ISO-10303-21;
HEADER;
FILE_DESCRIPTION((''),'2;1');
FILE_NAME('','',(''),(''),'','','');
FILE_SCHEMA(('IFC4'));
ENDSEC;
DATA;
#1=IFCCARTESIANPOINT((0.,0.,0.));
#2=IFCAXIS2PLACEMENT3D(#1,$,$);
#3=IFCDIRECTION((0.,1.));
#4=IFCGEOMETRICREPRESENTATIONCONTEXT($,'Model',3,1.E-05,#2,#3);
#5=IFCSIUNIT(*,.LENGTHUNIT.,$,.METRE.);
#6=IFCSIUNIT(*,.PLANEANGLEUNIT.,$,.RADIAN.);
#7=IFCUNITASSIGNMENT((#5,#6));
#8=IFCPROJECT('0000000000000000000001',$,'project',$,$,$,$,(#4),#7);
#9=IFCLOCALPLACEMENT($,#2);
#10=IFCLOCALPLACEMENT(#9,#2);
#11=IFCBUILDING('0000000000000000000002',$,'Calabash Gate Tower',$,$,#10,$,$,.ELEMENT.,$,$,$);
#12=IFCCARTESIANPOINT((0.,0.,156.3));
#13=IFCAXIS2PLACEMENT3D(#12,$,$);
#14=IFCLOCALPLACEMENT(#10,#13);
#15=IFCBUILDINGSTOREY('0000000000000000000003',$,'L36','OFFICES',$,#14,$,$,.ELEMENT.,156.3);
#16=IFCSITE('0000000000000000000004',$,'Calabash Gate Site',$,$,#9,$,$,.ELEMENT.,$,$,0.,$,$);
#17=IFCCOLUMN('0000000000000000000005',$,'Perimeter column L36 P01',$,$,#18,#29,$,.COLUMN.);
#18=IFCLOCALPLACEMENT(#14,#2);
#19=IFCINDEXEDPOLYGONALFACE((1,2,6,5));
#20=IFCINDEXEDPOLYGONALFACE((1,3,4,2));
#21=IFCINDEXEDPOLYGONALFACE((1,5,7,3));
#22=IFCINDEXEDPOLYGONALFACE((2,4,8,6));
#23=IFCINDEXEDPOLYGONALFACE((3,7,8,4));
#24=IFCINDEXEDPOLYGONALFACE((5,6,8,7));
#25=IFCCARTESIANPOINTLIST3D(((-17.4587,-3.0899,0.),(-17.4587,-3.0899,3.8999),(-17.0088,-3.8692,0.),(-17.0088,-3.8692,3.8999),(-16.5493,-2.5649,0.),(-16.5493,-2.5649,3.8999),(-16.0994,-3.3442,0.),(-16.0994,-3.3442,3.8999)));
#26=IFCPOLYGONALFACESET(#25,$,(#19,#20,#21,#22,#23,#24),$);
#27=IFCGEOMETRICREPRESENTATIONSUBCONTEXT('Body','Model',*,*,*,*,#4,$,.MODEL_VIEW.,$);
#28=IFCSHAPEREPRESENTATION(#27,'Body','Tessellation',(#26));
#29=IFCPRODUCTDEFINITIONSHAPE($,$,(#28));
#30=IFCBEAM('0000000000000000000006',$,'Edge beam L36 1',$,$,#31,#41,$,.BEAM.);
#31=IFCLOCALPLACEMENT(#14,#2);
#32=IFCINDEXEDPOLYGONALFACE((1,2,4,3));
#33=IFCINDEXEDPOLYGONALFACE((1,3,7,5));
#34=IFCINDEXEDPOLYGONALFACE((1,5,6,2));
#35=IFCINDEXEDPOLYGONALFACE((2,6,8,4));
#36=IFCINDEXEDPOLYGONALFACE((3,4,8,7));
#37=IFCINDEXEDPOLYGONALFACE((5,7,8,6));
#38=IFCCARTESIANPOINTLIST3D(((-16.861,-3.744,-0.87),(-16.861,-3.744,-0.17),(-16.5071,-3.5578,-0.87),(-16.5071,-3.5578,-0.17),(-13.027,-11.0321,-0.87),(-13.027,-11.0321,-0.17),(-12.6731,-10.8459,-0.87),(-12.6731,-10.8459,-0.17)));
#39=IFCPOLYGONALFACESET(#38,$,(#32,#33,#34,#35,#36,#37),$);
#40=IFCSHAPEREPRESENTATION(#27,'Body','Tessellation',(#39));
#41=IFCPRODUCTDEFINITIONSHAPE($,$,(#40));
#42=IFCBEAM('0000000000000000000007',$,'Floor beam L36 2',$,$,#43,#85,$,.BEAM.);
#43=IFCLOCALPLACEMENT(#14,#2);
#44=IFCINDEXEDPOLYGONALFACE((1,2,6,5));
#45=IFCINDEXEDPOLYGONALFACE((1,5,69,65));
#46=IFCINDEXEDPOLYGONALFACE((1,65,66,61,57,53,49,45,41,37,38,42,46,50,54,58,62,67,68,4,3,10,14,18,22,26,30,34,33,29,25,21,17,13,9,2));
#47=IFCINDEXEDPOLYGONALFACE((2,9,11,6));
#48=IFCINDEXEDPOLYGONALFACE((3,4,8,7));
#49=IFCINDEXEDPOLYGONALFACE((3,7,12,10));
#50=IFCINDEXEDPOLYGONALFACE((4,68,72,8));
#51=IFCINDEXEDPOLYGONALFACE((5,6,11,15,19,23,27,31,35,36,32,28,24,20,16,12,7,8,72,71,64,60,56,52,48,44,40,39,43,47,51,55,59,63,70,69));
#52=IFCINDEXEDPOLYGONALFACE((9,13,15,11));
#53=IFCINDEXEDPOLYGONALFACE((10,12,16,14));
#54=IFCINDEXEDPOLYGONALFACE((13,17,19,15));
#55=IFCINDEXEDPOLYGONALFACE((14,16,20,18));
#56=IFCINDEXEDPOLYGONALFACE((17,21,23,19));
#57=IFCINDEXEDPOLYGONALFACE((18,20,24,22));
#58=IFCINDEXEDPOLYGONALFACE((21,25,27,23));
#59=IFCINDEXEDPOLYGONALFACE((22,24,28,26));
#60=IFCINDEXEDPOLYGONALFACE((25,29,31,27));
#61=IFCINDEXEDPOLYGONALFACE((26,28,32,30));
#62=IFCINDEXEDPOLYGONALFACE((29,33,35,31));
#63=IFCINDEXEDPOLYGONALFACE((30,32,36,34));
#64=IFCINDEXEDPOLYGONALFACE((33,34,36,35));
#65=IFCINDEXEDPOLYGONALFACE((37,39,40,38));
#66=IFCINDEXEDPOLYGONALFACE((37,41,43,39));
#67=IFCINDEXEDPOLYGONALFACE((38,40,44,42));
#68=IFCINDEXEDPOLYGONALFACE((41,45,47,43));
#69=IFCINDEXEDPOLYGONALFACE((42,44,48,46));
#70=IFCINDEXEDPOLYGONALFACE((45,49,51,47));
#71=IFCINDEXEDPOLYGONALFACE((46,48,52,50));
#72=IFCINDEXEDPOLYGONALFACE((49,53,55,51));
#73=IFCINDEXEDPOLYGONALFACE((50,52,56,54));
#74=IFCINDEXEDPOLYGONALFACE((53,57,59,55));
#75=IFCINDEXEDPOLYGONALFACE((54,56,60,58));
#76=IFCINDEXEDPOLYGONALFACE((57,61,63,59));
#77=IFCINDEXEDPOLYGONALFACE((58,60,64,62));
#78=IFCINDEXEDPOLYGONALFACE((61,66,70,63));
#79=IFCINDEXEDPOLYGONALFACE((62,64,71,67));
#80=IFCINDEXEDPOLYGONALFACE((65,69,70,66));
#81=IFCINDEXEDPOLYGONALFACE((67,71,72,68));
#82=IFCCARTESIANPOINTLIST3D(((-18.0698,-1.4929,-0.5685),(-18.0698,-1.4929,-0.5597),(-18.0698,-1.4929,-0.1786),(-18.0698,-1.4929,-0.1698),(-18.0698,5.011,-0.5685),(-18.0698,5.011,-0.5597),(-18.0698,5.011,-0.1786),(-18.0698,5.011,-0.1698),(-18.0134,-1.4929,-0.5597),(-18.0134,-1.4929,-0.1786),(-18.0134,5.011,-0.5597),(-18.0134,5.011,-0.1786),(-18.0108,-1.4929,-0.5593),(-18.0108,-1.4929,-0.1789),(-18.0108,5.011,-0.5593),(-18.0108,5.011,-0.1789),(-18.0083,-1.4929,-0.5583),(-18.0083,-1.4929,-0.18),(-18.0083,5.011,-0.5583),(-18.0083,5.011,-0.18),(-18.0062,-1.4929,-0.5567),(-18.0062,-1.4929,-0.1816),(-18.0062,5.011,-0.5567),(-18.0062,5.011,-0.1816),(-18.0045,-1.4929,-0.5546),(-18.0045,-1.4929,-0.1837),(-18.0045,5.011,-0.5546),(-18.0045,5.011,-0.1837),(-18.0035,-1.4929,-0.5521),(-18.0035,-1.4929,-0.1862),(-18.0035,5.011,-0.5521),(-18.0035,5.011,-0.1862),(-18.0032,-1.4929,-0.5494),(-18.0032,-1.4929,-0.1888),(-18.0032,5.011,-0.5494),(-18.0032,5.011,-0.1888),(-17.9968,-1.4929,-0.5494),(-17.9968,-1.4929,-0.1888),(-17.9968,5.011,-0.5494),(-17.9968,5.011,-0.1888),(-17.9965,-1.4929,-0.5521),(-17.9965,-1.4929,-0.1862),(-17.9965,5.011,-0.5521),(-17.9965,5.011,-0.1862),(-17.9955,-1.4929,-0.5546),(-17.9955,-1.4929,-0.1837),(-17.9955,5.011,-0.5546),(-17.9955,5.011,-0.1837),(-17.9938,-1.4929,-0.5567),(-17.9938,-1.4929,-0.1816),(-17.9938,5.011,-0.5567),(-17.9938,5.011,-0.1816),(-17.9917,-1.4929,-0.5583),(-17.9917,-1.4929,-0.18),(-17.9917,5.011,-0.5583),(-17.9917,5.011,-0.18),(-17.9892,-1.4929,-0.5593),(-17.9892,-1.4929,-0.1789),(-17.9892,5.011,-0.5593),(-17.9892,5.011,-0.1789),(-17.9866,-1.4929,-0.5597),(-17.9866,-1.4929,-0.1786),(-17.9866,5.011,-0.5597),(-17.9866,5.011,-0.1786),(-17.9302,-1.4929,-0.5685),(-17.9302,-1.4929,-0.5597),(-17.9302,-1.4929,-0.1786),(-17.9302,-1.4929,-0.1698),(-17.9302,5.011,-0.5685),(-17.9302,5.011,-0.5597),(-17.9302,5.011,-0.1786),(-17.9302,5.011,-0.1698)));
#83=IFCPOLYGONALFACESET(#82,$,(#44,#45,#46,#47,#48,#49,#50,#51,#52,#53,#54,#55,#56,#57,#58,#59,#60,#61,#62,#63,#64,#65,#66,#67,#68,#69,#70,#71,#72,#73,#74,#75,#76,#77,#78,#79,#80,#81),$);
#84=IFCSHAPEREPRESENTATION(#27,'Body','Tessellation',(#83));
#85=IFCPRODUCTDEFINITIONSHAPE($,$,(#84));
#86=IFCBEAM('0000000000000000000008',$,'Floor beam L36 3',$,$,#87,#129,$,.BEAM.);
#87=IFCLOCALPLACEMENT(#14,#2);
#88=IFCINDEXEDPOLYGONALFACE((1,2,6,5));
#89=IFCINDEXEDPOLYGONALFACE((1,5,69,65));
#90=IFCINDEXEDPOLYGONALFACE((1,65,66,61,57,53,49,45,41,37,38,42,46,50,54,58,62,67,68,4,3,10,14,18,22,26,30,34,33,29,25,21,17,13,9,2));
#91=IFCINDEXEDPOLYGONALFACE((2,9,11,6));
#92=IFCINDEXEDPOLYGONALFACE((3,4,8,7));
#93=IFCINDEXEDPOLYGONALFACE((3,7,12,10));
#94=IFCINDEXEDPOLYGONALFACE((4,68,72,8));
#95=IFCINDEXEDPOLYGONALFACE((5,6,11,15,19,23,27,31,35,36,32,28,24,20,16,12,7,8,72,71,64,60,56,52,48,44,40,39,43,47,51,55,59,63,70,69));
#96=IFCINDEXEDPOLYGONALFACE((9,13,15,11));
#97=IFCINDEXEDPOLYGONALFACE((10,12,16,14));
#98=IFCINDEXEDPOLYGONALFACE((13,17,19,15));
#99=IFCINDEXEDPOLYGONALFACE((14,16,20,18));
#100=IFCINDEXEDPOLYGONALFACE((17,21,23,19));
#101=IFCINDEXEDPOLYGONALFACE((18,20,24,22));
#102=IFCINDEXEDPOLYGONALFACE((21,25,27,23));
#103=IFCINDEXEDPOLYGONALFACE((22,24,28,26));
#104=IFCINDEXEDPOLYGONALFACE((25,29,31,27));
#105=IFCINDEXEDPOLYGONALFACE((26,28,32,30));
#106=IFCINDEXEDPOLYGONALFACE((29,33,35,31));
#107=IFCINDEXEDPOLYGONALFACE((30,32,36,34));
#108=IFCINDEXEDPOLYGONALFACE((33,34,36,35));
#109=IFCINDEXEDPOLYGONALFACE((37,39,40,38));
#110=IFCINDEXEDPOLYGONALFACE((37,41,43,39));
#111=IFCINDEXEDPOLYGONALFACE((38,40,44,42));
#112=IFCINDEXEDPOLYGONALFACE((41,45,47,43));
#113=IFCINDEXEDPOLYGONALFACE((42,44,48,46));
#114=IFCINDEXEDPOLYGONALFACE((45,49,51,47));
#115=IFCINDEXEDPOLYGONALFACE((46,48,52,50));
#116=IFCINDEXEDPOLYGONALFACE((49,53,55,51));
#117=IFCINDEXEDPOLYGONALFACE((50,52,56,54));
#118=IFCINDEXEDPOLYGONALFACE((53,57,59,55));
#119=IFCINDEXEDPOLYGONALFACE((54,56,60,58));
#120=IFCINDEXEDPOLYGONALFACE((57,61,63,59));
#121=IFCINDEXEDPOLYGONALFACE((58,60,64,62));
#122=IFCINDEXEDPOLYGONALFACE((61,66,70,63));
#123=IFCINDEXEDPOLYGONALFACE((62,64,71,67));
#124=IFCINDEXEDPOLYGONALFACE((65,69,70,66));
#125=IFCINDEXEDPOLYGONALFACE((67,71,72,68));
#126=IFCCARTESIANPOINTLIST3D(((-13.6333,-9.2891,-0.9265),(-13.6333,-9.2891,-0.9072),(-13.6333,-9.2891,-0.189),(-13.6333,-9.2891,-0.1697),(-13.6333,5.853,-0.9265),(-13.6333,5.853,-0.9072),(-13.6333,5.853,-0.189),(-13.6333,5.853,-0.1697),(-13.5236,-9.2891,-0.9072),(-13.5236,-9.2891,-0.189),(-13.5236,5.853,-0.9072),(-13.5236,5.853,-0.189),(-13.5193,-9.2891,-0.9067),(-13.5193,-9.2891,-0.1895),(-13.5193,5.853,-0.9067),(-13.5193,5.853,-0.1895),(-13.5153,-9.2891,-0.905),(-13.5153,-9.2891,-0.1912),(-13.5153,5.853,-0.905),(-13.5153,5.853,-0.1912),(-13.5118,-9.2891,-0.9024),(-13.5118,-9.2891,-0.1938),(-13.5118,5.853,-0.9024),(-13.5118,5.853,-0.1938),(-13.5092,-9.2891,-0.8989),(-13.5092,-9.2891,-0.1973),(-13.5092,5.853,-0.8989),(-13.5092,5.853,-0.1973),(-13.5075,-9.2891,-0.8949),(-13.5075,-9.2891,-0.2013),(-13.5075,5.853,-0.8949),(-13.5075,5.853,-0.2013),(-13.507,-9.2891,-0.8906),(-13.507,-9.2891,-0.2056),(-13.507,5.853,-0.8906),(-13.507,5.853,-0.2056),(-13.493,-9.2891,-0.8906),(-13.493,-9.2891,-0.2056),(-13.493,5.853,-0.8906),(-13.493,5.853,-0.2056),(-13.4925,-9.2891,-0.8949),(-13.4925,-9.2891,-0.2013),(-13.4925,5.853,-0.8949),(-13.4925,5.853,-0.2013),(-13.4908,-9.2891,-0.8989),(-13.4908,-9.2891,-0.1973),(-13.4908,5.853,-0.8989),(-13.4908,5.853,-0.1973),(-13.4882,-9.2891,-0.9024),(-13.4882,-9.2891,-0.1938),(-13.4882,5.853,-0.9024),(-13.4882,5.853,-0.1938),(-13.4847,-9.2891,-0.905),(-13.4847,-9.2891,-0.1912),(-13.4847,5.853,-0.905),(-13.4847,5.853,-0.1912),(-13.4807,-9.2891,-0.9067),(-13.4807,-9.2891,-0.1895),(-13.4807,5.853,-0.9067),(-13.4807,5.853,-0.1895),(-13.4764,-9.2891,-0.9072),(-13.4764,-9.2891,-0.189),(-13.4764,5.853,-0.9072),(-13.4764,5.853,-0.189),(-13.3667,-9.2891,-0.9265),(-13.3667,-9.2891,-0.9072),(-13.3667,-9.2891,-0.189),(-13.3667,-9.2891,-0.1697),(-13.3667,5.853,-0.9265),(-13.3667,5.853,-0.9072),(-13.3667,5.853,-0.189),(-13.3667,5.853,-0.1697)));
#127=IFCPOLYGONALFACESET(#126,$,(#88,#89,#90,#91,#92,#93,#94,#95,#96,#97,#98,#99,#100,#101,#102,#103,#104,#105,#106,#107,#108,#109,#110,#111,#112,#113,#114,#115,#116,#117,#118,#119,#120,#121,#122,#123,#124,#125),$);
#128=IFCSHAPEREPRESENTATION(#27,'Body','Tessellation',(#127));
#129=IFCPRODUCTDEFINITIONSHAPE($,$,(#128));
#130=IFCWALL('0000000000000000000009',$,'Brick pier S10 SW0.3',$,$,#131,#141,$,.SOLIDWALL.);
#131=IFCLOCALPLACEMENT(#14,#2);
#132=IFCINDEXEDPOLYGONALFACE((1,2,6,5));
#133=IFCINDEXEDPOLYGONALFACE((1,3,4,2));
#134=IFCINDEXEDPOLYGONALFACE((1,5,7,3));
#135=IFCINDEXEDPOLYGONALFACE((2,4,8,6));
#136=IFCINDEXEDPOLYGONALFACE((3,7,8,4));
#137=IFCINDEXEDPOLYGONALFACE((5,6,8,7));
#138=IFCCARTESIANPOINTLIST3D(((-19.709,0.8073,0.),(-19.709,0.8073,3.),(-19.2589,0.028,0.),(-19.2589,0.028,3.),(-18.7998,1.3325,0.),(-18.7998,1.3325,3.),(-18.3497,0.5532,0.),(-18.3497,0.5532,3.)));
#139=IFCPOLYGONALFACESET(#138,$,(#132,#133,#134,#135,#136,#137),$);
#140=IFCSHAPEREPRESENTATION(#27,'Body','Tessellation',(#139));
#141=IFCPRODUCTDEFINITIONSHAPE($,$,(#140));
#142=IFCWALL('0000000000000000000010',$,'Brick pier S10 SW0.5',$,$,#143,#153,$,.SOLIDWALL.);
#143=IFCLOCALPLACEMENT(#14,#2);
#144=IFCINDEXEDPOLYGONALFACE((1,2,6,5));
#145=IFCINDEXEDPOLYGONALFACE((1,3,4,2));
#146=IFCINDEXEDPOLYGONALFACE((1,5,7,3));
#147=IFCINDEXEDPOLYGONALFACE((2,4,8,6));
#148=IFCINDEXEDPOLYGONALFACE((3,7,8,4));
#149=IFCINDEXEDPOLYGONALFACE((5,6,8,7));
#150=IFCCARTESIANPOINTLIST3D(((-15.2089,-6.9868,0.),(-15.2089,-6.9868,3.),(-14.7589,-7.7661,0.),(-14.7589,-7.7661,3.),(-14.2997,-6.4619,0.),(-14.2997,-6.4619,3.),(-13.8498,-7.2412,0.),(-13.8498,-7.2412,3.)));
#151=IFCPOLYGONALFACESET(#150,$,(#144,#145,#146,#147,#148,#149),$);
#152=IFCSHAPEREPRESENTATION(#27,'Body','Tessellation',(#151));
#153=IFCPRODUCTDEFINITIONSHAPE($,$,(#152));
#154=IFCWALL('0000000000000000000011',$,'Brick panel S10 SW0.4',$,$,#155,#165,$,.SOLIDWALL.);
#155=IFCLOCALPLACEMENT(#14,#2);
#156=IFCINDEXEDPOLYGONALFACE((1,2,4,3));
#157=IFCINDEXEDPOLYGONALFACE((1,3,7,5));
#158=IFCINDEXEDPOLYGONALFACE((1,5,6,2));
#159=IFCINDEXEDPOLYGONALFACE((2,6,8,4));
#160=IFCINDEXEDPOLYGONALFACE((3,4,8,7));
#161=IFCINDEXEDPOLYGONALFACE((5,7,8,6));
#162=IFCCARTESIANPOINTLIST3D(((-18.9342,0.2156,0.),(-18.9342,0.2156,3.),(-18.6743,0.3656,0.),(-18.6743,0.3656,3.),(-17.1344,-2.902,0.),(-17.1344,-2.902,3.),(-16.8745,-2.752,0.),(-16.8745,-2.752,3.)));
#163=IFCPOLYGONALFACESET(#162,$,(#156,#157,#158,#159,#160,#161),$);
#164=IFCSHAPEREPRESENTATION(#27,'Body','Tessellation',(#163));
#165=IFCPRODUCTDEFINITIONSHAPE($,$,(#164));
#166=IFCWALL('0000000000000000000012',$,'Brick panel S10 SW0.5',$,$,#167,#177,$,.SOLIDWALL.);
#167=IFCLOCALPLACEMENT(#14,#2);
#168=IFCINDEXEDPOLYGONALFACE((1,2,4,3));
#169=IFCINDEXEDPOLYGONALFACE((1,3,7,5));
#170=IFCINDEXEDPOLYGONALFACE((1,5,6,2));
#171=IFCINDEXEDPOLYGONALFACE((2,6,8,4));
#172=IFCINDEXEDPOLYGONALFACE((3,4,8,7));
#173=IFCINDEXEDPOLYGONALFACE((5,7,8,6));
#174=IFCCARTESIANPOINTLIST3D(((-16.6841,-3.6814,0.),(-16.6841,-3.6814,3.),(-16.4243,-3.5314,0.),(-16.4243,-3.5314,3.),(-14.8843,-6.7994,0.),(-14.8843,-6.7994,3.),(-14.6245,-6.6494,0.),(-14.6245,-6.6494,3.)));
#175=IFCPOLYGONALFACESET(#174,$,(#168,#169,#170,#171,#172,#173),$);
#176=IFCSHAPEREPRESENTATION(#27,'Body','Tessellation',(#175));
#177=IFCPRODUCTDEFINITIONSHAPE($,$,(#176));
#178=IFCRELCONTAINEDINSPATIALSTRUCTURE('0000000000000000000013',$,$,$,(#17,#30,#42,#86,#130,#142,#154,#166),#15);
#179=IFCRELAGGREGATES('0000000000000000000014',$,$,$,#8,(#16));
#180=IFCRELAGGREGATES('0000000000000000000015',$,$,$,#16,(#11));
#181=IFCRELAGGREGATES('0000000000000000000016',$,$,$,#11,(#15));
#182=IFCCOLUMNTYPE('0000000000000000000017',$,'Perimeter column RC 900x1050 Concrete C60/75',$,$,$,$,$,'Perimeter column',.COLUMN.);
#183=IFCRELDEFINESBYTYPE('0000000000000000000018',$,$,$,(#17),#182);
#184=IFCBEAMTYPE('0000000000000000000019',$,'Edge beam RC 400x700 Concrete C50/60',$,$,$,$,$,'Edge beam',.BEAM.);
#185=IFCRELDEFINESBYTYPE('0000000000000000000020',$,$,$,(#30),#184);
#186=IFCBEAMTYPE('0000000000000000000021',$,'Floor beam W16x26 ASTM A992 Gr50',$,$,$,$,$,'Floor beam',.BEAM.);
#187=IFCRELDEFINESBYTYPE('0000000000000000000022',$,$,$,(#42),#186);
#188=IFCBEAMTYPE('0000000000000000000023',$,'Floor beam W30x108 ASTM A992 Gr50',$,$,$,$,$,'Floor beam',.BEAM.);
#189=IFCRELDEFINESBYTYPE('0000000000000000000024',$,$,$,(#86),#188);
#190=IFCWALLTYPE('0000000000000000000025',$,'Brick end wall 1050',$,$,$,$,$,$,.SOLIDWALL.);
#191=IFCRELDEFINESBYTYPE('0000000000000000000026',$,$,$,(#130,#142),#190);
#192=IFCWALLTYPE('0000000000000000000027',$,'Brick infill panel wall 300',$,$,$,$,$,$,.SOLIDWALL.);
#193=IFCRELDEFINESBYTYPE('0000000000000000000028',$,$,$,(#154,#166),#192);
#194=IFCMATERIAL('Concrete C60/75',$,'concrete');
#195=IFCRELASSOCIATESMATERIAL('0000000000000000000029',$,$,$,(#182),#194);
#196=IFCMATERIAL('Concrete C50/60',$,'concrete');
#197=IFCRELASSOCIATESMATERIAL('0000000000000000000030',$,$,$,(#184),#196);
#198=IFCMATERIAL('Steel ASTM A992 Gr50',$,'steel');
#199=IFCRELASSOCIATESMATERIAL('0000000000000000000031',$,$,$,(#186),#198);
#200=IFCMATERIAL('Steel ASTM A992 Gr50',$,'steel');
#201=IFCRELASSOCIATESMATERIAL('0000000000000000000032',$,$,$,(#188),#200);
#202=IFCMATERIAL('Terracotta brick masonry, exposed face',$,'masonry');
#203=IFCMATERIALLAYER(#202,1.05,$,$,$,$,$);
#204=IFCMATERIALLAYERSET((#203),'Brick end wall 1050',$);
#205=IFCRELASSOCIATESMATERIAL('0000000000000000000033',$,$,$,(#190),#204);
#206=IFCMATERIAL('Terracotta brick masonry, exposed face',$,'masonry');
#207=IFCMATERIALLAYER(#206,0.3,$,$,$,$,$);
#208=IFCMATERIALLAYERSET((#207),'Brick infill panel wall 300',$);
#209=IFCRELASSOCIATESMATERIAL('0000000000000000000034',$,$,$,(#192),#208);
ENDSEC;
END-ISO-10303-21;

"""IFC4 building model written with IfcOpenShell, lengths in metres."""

from ifc_helpers import new_model, si_unit, direction, frame, frame_2d, origin, origin_2d, place, context, subcontext, project, spatial, rectangle, i_section, extrude, material, layer, layer_set, material_profile, profile_set, type_object, element, save


model = new_model("IFC4")

# Units and contexts
model_context = context("Model", 3, precision=1e-05, world=origin(), true_north=direction((0.0, 1.0)))
body_context = subcontext(model_context, "Body", "Model", "MODEL_VIEW")
ifc_project = project(units=[si_unit("LENGTHUNIT", "METRE"), si_unit("PLANEANGLEUNIT", "RADIAN")], contexts=[model_context])

# Site, building, storey
site_placement = place(None, origin())
site = spatial("IfcSite", under=ifc_project, at=site_placement, Name="Calabash Gate Site", CompositionType="ELEMENT", RefElevation=0.0)
building_placement = place(site_placement, origin())
building = spatial("IfcBuilding", under=site, at=building_placement, Name="Calabash Gate Tower", CompositionType="ELEMENT")
storey_placement = place(building_placement, frame((0.0, 0.0, 156.3)))
storey = spatial("IfcBuildingStorey", under=building, at=storey_placement, Name="L36", Description="OFFICES", CompositionType="ELEMENT", Elevation=156.3)

# Column
ifc_material_1 = material(Name="Concrete C60/75", Category="concrete")
ifc_material_profile_1 = material_profile(ifc_material_1, rectangle(XDim=0.8999, YDim=1.05, at=origin_2d()))
ifc_profile_set_1 = profile_set([ifc_material_profile_1], Name="Concrete C60/75")
column_type = type_object("IfcColumnType", Name="Perimeter column RC 900x1050 Concrete C60/75", ElementType="Perimeter column", PredefinedType="COLUMN", material=ifc_profile_set_1)
column_placement = place(storey_placement, frame((-16.7791, -3.217, 0.0), z_axis=(0.0, 0.0, 1.0), x_axis=(0.5, -0.866025, 0.0)))
element("IfcColumn", 1, at=column_placement, inside=storey, type_object=column_type, Name="Perimeter column L36 P01", PredefinedType="COLUMN", context=body_context, shape_type="SweptSolid", body=[
    extrude(rectangle(XDim=0.8999, YDim=1.05, at=origin_2d()), origin(), (0.0, 0.0, 1.0), 3.8999),
])

# Beams
ifc_material_2 = material(Name="Concrete C50/60", Category="concrete")
ifc_material_profile_2 = material_profile(ifc_material_2, rectangle(XDim=0.3999, YDim=0.7, at=origin_2d()))
ifc_profile_set_2 = profile_set([ifc_material_profile_2], Name="Concrete C50/60")
beam_type_1 = type_object("IfcBeamType", Name="Edge beam RC 400x700 Concrete C50/60", ElementType="Edge beam", PredefinedType="BEAM", material=ifc_profile_set_2)
beam_1_placement = place(storey_placement, frame((-16.6841, -3.6509, -0.52), z_axis=(0.46557, -0.885011, 0.0), x_axis=(0.885011, 0.46557, 0.0)))
element("IfcBeam", 2, at=beam_1_placement, inside=storey, type_object=beam_type_1, Name="Edge beam L36 1", PredefinedType="BEAM", context=body_context, shape_type="SweptSolid", body=[
    extrude(rectangle(XDim=0.3999, YDim=0.7, at=origin_2d()), origin(), (0.0, 0.0, 1.0), 8.2351),
])
ifc_material_3 = material(Name="Steel ASTM A992 Gr50", Category="steel")
ifc_material_profile_3 = material_profile(ifc_material_3, i_section(OverallWidth=0.1396, OverallDepth=0.3987, WebThickness=0.0063, FlangeThickness=0.0088, FilletRadius=0.0103, at=origin_2d()))
ifc_profile_set_3 = profile_set([ifc_material_profile_3], Name="Steel ASTM A992 Gr50")
beam_type_2 = type_object("IfcBeamType", Name="Floor beam W16x26 ASTM A992 Gr50", ElementType="Floor beam", PredefinedType="BEAM", material=ifc_profile_set_3)
beam_2_placement = place(storey_placement, frame((-18.0, -1.4929, -0.3691), z_axis=(0.0, 1.0, 0.0), x_axis=(-1.0, 0.0, 0.0)))
element("IfcBeam", 3, at=beam_2_placement, inside=storey, type_object=beam_type_2, Name="Floor beam L36 2", PredefinedType="BEAM", context=body_context, shape_type="SweptSolid", body=[
    extrude(i_section(OverallWidth=0.1396, OverallDepth=0.3987, WebThickness=0.0063, FlangeThickness=0.0088, FilletRadius=0.0103, at=origin_2d()), origin(), (0.0, 0.0, 1.0), 6.5039),
])
ifc_material_4 = material(Name="Steel ASTM A992 Gr50", Category="steel")
ifc_material_profile_4 = material_profile(ifc_material_4, i_section(OverallWidth=0.2666, OverallDepth=0.7568, WebThickness=0.0139, FlangeThickness=0.0193, FilletRadius=0.0166, at=origin_2d()))
ifc_profile_set_4 = profile_set([ifc_material_profile_4], Name="Steel ASTM A992 Gr50")
beam_type_3 = type_object("IfcBeamType", Name="Floor beam W30x108 ASTM A992 Gr50", ElementType="Floor beam", PredefinedType="BEAM", material=ifc_profile_set_4)
beam_3_placement = place(storey_placement, frame((-13.5, -9.2891, -0.5481), z_axis=(0.0, 1.0, 0.0), x_axis=(-1.0, 0.0, 0.0)))
element("IfcBeam", 4, at=beam_3_placement, inside=storey, type_object=beam_type_3, Name="Floor beam L36 3", PredefinedType="BEAM", context=body_context, shape_type="SweptSolid", body=[
    extrude(i_section(OverallWidth=0.2666, OverallDepth=0.7568, WebThickness=0.0139, FlangeThickness=0.0193, FilletRadius=0.0166, at=origin_2d()), origin(), (0.0, 0.0, 1.0), 15.1421),
])

# Walls
ifc_material_5 = material(Name="Terracotta brick masonry, exposed face", Category="masonry")
ifc_layer_1 = layer(ifc_material_5, 1.05)
ifc_layer_set_1 = layer_set([ifc_layer_1], Name="Brick end wall 1050")
wall_type_1 = type_object("IfcWallType", Name="Brick end wall 1050", PredefinedType="SOLIDWALL", material=ifc_layer_set_1)
wall_1_placement = place(storey_placement, frame((-19.4839, 0.4177, 0.0), z_axis=(0.0, 0.0, 1.0), x_axis=(0.86593, 0.500165, 0.0)))
element("IfcWall", 5, at=wall_1_placement, inside=storey, type_object=wall_type_1, Name="Brick pier S10 SW0.3", PredefinedType="SOLIDWALL", context=body_context, shape_type="SweptSolid", body=[
    extrude(rectangle(XDim=1.05, YDim=0.8999, at=frame_2d((0.5249, 0.0))), origin(), (0.0, 0.0, 1.0), 3.0),
])
wall_2_placement = place(storey_placement, frame((-14.9839, -7.3765, 0.0), z_axis=(0.0, 0.0, 1.0), x_axis=(0.866031, 0.499991, 0.0)))
element("IfcWall", 6, at=wall_2_placement, inside=storey, type_object=wall_type_1, Name="Brick pier S10 SW0.5", PredefinedType="SOLIDWALL", context=body_context, shape_type="SweptSolid", body=[
    extrude(rectangle(XDim=1.0498, YDim=0.8999, at=frame_2d((0.5249, 0.0))), origin(), (0.0, 0.0, 1.0), 3.0),
])
ifc_material_6 = material(Name="Terracotta brick masonry, exposed face", Category="masonry")
ifc_layer_2 = layer(ifc_material_6, 0.3)
ifc_layer_set_2 = layer_set([ifc_layer_2], Name="Brick infill panel wall 300")
wall_type_2 = type_object("IfcWallType", Name="Brick infill panel wall 300", PredefinedType="SOLIDWALL", material=ifc_layer_set_2)
wall_3_placement = place(storey_placement, frame((-18.8042, 0.2905, 0.0), z_axis=(0.0, 0.0, 1.0), x_axis=(0.499961, -0.866048, 0.0)))
element("IfcWall", 7, at=wall_3_placement, inside=storey, type_object=wall_type_2, Name="Brick panel S10 SW0.4", PredefinedType="SOLIDWALL", context=body_context, shape_type="SweptSolid", body=[
    extrude(rectangle(XDim=3.5999, YDim=0.3, at=frame_2d((1.7998, 0.0))), origin(), (0.0, 0.0, 1.0), 3.0),
])
wall_4_placement = place(storey_placement, frame((-16.5542, -3.6064, 0.0), z_axis=(0.0, 0.0, 1.0), x_axis=(0.499932, -0.866065, 0.0)))
element("IfcWall", 8, at=wall_4_placement, inside=storey, type_object=wall_type_2, Name="Brick panel S10 SW0.5", PredefinedType="SOLIDWALL", context=body_context, shape_type="SweptSolid", body=[
    extrude(rectangle(XDim=3.6001, YDim=0.3, at=frame_2d((1.8, 0.0))), origin(), (0.0, 0.0, 1.0), 3.0),
])

save(model, "model.ifc")
